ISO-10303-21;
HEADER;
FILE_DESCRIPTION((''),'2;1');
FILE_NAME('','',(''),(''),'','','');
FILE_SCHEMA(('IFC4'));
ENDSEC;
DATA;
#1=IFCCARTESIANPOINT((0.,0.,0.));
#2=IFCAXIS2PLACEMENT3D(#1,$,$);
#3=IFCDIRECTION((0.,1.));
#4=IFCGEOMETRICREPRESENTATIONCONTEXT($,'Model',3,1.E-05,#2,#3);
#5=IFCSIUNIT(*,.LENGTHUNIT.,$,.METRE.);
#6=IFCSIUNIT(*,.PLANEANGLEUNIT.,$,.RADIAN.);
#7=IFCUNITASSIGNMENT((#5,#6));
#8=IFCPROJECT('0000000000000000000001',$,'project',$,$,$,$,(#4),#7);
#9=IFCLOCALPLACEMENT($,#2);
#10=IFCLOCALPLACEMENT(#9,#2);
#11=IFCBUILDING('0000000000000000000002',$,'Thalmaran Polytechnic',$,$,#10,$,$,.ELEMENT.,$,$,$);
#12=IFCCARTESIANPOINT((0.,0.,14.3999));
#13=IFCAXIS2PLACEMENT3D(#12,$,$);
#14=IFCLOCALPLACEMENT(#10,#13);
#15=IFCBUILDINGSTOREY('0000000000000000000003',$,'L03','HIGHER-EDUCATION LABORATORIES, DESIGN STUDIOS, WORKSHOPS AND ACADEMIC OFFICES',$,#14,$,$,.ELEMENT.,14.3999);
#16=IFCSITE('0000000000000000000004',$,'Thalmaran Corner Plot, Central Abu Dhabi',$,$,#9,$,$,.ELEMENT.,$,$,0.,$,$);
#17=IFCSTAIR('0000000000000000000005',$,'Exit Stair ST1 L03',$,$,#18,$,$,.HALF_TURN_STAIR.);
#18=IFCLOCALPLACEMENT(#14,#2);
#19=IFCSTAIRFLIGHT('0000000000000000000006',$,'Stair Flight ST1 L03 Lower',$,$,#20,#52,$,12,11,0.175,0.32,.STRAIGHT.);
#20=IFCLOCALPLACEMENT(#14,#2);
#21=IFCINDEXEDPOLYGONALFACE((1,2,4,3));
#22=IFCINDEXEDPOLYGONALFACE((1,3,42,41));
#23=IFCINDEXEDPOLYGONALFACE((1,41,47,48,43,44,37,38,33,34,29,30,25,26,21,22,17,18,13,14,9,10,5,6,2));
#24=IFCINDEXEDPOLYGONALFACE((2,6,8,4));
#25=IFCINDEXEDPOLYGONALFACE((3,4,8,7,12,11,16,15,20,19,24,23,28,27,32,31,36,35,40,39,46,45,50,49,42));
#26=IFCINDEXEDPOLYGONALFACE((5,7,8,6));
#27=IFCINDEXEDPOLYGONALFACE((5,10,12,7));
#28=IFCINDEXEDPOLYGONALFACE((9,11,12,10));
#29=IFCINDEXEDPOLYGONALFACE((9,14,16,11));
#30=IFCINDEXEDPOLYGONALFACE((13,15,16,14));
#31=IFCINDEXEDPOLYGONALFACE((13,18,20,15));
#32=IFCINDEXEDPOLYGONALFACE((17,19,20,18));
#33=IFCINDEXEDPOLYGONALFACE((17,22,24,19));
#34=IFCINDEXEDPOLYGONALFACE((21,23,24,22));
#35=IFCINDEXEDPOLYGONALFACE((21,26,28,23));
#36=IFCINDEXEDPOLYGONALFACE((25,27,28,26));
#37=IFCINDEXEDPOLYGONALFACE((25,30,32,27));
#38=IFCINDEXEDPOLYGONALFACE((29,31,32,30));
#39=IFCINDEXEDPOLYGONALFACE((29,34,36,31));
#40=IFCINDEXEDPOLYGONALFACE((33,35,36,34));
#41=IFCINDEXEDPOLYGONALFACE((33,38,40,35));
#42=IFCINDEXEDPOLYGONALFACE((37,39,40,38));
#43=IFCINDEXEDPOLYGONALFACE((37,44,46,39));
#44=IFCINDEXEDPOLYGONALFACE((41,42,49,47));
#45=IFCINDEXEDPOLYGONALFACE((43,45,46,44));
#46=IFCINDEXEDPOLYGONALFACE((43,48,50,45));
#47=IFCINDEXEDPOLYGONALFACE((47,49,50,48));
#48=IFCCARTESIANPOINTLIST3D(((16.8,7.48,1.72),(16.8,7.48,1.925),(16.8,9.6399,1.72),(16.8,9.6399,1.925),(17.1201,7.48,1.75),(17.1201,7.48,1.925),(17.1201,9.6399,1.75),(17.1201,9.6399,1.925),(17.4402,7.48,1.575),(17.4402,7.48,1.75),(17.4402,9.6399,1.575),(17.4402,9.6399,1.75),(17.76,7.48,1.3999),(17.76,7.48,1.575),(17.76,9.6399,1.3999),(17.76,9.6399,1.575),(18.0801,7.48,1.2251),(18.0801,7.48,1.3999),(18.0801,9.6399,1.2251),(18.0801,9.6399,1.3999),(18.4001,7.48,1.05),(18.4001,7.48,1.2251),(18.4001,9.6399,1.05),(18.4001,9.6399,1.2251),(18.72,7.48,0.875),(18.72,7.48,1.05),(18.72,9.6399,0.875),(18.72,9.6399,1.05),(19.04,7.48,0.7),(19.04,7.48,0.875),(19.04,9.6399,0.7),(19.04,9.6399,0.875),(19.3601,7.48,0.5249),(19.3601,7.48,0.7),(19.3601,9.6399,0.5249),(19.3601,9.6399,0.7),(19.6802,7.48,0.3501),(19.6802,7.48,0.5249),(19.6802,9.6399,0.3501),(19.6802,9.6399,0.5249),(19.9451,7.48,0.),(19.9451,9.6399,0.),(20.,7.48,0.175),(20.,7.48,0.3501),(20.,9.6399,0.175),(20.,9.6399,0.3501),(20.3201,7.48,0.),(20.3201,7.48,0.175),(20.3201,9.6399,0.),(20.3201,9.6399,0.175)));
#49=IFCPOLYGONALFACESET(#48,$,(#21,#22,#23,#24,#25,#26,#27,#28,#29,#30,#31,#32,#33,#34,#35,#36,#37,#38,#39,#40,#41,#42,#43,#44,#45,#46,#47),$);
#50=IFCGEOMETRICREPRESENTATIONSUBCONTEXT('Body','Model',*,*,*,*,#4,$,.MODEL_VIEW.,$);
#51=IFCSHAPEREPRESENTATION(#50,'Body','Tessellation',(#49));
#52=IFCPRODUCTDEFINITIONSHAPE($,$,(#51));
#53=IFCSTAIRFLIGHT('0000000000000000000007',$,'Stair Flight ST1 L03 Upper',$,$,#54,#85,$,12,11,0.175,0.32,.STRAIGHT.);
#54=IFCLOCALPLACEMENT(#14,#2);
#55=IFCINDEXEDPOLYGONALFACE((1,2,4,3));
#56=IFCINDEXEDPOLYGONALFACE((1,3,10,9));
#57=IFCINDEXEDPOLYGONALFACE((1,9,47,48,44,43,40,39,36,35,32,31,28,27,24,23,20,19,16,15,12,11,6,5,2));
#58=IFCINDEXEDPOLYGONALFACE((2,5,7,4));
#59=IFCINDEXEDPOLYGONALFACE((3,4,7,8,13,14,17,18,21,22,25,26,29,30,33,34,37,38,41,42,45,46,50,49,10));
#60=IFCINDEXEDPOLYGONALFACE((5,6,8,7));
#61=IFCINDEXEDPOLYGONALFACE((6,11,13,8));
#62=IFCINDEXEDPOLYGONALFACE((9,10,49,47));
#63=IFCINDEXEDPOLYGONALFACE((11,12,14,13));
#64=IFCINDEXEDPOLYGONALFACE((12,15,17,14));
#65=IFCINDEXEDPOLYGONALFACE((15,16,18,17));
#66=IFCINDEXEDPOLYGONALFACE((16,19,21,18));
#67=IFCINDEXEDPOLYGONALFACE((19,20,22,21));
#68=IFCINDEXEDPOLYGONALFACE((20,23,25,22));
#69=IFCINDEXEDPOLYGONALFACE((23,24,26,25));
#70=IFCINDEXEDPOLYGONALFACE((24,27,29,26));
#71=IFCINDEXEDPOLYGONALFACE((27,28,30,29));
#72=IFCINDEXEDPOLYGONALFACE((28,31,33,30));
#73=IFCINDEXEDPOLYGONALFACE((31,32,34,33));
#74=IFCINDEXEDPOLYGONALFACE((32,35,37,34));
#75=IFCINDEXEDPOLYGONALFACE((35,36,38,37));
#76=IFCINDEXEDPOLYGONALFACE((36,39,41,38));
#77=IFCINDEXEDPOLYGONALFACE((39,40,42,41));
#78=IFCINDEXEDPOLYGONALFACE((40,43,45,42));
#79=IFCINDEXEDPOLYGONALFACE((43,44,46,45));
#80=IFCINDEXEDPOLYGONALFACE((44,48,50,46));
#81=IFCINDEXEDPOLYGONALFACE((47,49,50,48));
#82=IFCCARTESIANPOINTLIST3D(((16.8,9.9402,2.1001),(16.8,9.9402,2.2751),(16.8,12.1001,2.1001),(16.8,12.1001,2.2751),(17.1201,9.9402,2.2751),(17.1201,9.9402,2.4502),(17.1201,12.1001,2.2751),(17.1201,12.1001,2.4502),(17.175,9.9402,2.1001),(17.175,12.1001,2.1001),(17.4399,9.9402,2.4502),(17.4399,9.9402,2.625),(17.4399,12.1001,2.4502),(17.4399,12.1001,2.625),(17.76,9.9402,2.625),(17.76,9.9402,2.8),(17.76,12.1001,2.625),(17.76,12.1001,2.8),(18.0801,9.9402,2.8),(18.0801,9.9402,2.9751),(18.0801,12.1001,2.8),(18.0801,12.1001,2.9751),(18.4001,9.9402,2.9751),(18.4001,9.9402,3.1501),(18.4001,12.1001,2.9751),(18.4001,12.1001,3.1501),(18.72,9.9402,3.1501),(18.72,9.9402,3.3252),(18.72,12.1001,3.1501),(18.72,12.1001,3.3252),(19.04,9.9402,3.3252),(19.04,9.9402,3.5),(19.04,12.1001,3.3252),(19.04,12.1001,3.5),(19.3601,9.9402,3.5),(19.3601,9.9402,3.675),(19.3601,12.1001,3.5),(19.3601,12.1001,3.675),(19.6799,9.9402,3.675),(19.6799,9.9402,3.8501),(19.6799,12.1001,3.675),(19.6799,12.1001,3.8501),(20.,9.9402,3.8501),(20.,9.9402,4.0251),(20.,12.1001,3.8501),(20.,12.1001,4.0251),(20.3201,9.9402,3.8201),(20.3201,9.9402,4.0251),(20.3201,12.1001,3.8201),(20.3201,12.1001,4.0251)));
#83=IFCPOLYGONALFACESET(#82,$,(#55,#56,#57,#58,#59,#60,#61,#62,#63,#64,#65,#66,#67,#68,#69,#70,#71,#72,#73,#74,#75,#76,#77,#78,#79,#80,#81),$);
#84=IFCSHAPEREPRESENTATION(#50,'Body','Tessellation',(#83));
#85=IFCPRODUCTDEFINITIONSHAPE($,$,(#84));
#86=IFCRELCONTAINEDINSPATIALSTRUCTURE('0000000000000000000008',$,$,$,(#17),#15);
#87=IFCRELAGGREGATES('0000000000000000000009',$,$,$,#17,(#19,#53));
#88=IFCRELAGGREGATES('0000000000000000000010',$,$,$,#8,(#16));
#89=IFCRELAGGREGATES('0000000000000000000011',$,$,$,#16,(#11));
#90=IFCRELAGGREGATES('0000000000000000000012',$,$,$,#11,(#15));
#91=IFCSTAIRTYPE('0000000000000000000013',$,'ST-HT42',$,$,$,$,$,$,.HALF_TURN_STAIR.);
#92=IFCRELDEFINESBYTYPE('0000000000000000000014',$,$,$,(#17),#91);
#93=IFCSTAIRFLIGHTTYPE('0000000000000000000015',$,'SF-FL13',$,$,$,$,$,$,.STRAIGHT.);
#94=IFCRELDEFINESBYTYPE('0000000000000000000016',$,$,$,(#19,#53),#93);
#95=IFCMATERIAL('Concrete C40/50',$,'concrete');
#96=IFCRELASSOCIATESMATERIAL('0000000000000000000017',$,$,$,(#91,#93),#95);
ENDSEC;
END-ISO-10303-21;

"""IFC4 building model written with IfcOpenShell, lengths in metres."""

from ifc_helpers import new_model, si_unit, direction, frame, origin, place, context, subcontext, project, spatial, polyline, outline, extrude, material, type_object, element, aggregate, save


model = new_model("IFC4")

# Units and contexts
model_context = context("Model", 3, precision=1e-05, world=origin(), true_north=direction((0.0, 1.0)))
body_context = subcontext(model_context, "Body", "Model", "MODEL_VIEW")
ifc_project = project(units=[si_unit("LENGTHUNIT", "METRE"), si_unit("PLANEANGLEUNIT", "RADIAN")], contexts=[model_context])

# Site, building, storey
site_placement = place(None, origin())
site = spatial("IfcSite", under=ifc_project, at=site_placement, Name="Thalmaran Corner Plot, Central Abu Dhabi", CompositionType="ELEMENT", RefElevation=0.0)
building_placement = place(site_placement, origin())
building = spatial("IfcBuilding", under=site, at=building_placement, Name="Thalmaran Polytechnic", CompositionType="ELEMENT")
storey_placement = place(building_placement, frame((0.0, 0.0, 14.3999)))
storey = spatial("IfcBuildingStorey", under=building, at=storey_placement, Name="L03", Description="HIGHER-EDUCATION LABORATORIES, DESIGN STUDIOS, WORKSHOPS AND ACADEMIC OFFICES", CompositionType="ELEMENT", Elevation=14.3999)

# Shared definitions
ifc_material_1 = material(Name="Concrete C40/50", Category="concrete")

# Stair, stair flights
stair_type = type_object("IfcStairType", Name="ST-HT42", PredefinedType="HALF_TURN_STAIR", material=ifc_material_1)
stair_placement = place(storey_placement, origin())
stair = element("IfcStair", 1, at=stair_placement, inside=storey, type_object=stair_type, Name="Exit Stair ST1 L03", PredefinedType="HALF_TURN_STAIR")
stair_flight_type = type_object("IfcStairFlightType", Name="SF-FL13", PredefinedType="STRAIGHT", material=ifc_material_1)
stair_flight_1_placement = place(storey_placement, frame((20.3201, 8.5601, 0.0), z_axis=(0.0, 0.0, 1.0), x_axis=(-1.0, 0.0, 0.0)))
stair_flight_1 = element("IfcStairFlight", 2, at=stair_flight_1_placement, type_object=stair_flight_type, Name="Stair Flight ST1 L03 Lower", NumberOfRisers=12, NumberOfTreads=11, PredefinedType="STRAIGHT", RiserHeight=0.175, TreadLength=0.32, context=body_context, shape_type="SweptSolid", body=[
    extrude(outline(polyline([(0.0, 0.0), (0.0, 0.175), (0.3201, 0.175), (0.3201, 0.3501), (0.6399, 0.3501), (0.6399, 0.5249), (0.96, 0.5249), (0.96, 0.7), (1.28, 0.7), (1.28, 0.875), (1.6001, 0.875), (1.6001, 1.05), (1.9199, 1.05), (1.9199, 1.2251), (2.24, 1.2251), (2.24, 1.3999), (2.5601, 1.3999), (2.5601, 1.575), (2.8799, 1.575), (2.8799, 1.75), (3.2, 1.75), (3.2, 1.925), (3.52, 1.925), (3.52, 2.1001), (3.52, 1.72), (0.375, 0.0), (0.0, 0.0)])), frame((0.0, 1.0801, 0.0), z_axis=(0.0, -1.0, 0.0), x_axis=(1.0, 0.0, 0.0)), (0.0, 0.0, 1.0), 2.1599),
])
stair_flight_2_placement = place(storey_placement, frame((16.8, 11.02, 2.1001), z_axis=(0.0, 0.0, 1.0), x_axis=(1.0, 0.0, 0.0)))
stair_flight_2 = element("IfcStairFlight", 3, at=stair_flight_2_placement, type_object=stair_flight_type, Name="Stair Flight ST1 L03 Upper", NumberOfRisers=12, NumberOfTreads=11, PredefinedType="STRAIGHT", RiserHeight=0.175, TreadLength=0.32, context=body_context, shape_type="SweptSolid", body=[
    extrude(outline(polyline([(0.0, 0.0), (0.0, 0.175), (0.3201, 0.175), (0.3201, 0.3501), (0.6399, 0.3501), (0.6399, 0.5249), (0.96, 0.5249), (0.96, 0.7), (1.28, 0.7), (1.28, 0.875), (1.6001, 0.875), (1.6001, 1.05), (1.9199, 1.05), (1.9199, 1.2251), (2.24, 1.2251), (2.24, 1.3999), (2.5601, 1.3999), (2.5601, 1.575), (2.8799, 1.575), (2.8799, 1.75), (3.2, 1.75), (3.2, 1.925), (3.52, 1.925), (3.52, 2.1001), (3.52, 1.72), (0.375, 0.0), (0.0, 0.0)])), frame((0.0, 1.0801, 0.0), z_axis=(0.0, -1.0, 0.0), x_axis=(1.0, 0.0, 0.0)), (0.0, 0.0, 1.0), 2.1599),
])
aggregate(stair, [stair_flight_1, stair_flight_2])

save(model, "model.ifc")
